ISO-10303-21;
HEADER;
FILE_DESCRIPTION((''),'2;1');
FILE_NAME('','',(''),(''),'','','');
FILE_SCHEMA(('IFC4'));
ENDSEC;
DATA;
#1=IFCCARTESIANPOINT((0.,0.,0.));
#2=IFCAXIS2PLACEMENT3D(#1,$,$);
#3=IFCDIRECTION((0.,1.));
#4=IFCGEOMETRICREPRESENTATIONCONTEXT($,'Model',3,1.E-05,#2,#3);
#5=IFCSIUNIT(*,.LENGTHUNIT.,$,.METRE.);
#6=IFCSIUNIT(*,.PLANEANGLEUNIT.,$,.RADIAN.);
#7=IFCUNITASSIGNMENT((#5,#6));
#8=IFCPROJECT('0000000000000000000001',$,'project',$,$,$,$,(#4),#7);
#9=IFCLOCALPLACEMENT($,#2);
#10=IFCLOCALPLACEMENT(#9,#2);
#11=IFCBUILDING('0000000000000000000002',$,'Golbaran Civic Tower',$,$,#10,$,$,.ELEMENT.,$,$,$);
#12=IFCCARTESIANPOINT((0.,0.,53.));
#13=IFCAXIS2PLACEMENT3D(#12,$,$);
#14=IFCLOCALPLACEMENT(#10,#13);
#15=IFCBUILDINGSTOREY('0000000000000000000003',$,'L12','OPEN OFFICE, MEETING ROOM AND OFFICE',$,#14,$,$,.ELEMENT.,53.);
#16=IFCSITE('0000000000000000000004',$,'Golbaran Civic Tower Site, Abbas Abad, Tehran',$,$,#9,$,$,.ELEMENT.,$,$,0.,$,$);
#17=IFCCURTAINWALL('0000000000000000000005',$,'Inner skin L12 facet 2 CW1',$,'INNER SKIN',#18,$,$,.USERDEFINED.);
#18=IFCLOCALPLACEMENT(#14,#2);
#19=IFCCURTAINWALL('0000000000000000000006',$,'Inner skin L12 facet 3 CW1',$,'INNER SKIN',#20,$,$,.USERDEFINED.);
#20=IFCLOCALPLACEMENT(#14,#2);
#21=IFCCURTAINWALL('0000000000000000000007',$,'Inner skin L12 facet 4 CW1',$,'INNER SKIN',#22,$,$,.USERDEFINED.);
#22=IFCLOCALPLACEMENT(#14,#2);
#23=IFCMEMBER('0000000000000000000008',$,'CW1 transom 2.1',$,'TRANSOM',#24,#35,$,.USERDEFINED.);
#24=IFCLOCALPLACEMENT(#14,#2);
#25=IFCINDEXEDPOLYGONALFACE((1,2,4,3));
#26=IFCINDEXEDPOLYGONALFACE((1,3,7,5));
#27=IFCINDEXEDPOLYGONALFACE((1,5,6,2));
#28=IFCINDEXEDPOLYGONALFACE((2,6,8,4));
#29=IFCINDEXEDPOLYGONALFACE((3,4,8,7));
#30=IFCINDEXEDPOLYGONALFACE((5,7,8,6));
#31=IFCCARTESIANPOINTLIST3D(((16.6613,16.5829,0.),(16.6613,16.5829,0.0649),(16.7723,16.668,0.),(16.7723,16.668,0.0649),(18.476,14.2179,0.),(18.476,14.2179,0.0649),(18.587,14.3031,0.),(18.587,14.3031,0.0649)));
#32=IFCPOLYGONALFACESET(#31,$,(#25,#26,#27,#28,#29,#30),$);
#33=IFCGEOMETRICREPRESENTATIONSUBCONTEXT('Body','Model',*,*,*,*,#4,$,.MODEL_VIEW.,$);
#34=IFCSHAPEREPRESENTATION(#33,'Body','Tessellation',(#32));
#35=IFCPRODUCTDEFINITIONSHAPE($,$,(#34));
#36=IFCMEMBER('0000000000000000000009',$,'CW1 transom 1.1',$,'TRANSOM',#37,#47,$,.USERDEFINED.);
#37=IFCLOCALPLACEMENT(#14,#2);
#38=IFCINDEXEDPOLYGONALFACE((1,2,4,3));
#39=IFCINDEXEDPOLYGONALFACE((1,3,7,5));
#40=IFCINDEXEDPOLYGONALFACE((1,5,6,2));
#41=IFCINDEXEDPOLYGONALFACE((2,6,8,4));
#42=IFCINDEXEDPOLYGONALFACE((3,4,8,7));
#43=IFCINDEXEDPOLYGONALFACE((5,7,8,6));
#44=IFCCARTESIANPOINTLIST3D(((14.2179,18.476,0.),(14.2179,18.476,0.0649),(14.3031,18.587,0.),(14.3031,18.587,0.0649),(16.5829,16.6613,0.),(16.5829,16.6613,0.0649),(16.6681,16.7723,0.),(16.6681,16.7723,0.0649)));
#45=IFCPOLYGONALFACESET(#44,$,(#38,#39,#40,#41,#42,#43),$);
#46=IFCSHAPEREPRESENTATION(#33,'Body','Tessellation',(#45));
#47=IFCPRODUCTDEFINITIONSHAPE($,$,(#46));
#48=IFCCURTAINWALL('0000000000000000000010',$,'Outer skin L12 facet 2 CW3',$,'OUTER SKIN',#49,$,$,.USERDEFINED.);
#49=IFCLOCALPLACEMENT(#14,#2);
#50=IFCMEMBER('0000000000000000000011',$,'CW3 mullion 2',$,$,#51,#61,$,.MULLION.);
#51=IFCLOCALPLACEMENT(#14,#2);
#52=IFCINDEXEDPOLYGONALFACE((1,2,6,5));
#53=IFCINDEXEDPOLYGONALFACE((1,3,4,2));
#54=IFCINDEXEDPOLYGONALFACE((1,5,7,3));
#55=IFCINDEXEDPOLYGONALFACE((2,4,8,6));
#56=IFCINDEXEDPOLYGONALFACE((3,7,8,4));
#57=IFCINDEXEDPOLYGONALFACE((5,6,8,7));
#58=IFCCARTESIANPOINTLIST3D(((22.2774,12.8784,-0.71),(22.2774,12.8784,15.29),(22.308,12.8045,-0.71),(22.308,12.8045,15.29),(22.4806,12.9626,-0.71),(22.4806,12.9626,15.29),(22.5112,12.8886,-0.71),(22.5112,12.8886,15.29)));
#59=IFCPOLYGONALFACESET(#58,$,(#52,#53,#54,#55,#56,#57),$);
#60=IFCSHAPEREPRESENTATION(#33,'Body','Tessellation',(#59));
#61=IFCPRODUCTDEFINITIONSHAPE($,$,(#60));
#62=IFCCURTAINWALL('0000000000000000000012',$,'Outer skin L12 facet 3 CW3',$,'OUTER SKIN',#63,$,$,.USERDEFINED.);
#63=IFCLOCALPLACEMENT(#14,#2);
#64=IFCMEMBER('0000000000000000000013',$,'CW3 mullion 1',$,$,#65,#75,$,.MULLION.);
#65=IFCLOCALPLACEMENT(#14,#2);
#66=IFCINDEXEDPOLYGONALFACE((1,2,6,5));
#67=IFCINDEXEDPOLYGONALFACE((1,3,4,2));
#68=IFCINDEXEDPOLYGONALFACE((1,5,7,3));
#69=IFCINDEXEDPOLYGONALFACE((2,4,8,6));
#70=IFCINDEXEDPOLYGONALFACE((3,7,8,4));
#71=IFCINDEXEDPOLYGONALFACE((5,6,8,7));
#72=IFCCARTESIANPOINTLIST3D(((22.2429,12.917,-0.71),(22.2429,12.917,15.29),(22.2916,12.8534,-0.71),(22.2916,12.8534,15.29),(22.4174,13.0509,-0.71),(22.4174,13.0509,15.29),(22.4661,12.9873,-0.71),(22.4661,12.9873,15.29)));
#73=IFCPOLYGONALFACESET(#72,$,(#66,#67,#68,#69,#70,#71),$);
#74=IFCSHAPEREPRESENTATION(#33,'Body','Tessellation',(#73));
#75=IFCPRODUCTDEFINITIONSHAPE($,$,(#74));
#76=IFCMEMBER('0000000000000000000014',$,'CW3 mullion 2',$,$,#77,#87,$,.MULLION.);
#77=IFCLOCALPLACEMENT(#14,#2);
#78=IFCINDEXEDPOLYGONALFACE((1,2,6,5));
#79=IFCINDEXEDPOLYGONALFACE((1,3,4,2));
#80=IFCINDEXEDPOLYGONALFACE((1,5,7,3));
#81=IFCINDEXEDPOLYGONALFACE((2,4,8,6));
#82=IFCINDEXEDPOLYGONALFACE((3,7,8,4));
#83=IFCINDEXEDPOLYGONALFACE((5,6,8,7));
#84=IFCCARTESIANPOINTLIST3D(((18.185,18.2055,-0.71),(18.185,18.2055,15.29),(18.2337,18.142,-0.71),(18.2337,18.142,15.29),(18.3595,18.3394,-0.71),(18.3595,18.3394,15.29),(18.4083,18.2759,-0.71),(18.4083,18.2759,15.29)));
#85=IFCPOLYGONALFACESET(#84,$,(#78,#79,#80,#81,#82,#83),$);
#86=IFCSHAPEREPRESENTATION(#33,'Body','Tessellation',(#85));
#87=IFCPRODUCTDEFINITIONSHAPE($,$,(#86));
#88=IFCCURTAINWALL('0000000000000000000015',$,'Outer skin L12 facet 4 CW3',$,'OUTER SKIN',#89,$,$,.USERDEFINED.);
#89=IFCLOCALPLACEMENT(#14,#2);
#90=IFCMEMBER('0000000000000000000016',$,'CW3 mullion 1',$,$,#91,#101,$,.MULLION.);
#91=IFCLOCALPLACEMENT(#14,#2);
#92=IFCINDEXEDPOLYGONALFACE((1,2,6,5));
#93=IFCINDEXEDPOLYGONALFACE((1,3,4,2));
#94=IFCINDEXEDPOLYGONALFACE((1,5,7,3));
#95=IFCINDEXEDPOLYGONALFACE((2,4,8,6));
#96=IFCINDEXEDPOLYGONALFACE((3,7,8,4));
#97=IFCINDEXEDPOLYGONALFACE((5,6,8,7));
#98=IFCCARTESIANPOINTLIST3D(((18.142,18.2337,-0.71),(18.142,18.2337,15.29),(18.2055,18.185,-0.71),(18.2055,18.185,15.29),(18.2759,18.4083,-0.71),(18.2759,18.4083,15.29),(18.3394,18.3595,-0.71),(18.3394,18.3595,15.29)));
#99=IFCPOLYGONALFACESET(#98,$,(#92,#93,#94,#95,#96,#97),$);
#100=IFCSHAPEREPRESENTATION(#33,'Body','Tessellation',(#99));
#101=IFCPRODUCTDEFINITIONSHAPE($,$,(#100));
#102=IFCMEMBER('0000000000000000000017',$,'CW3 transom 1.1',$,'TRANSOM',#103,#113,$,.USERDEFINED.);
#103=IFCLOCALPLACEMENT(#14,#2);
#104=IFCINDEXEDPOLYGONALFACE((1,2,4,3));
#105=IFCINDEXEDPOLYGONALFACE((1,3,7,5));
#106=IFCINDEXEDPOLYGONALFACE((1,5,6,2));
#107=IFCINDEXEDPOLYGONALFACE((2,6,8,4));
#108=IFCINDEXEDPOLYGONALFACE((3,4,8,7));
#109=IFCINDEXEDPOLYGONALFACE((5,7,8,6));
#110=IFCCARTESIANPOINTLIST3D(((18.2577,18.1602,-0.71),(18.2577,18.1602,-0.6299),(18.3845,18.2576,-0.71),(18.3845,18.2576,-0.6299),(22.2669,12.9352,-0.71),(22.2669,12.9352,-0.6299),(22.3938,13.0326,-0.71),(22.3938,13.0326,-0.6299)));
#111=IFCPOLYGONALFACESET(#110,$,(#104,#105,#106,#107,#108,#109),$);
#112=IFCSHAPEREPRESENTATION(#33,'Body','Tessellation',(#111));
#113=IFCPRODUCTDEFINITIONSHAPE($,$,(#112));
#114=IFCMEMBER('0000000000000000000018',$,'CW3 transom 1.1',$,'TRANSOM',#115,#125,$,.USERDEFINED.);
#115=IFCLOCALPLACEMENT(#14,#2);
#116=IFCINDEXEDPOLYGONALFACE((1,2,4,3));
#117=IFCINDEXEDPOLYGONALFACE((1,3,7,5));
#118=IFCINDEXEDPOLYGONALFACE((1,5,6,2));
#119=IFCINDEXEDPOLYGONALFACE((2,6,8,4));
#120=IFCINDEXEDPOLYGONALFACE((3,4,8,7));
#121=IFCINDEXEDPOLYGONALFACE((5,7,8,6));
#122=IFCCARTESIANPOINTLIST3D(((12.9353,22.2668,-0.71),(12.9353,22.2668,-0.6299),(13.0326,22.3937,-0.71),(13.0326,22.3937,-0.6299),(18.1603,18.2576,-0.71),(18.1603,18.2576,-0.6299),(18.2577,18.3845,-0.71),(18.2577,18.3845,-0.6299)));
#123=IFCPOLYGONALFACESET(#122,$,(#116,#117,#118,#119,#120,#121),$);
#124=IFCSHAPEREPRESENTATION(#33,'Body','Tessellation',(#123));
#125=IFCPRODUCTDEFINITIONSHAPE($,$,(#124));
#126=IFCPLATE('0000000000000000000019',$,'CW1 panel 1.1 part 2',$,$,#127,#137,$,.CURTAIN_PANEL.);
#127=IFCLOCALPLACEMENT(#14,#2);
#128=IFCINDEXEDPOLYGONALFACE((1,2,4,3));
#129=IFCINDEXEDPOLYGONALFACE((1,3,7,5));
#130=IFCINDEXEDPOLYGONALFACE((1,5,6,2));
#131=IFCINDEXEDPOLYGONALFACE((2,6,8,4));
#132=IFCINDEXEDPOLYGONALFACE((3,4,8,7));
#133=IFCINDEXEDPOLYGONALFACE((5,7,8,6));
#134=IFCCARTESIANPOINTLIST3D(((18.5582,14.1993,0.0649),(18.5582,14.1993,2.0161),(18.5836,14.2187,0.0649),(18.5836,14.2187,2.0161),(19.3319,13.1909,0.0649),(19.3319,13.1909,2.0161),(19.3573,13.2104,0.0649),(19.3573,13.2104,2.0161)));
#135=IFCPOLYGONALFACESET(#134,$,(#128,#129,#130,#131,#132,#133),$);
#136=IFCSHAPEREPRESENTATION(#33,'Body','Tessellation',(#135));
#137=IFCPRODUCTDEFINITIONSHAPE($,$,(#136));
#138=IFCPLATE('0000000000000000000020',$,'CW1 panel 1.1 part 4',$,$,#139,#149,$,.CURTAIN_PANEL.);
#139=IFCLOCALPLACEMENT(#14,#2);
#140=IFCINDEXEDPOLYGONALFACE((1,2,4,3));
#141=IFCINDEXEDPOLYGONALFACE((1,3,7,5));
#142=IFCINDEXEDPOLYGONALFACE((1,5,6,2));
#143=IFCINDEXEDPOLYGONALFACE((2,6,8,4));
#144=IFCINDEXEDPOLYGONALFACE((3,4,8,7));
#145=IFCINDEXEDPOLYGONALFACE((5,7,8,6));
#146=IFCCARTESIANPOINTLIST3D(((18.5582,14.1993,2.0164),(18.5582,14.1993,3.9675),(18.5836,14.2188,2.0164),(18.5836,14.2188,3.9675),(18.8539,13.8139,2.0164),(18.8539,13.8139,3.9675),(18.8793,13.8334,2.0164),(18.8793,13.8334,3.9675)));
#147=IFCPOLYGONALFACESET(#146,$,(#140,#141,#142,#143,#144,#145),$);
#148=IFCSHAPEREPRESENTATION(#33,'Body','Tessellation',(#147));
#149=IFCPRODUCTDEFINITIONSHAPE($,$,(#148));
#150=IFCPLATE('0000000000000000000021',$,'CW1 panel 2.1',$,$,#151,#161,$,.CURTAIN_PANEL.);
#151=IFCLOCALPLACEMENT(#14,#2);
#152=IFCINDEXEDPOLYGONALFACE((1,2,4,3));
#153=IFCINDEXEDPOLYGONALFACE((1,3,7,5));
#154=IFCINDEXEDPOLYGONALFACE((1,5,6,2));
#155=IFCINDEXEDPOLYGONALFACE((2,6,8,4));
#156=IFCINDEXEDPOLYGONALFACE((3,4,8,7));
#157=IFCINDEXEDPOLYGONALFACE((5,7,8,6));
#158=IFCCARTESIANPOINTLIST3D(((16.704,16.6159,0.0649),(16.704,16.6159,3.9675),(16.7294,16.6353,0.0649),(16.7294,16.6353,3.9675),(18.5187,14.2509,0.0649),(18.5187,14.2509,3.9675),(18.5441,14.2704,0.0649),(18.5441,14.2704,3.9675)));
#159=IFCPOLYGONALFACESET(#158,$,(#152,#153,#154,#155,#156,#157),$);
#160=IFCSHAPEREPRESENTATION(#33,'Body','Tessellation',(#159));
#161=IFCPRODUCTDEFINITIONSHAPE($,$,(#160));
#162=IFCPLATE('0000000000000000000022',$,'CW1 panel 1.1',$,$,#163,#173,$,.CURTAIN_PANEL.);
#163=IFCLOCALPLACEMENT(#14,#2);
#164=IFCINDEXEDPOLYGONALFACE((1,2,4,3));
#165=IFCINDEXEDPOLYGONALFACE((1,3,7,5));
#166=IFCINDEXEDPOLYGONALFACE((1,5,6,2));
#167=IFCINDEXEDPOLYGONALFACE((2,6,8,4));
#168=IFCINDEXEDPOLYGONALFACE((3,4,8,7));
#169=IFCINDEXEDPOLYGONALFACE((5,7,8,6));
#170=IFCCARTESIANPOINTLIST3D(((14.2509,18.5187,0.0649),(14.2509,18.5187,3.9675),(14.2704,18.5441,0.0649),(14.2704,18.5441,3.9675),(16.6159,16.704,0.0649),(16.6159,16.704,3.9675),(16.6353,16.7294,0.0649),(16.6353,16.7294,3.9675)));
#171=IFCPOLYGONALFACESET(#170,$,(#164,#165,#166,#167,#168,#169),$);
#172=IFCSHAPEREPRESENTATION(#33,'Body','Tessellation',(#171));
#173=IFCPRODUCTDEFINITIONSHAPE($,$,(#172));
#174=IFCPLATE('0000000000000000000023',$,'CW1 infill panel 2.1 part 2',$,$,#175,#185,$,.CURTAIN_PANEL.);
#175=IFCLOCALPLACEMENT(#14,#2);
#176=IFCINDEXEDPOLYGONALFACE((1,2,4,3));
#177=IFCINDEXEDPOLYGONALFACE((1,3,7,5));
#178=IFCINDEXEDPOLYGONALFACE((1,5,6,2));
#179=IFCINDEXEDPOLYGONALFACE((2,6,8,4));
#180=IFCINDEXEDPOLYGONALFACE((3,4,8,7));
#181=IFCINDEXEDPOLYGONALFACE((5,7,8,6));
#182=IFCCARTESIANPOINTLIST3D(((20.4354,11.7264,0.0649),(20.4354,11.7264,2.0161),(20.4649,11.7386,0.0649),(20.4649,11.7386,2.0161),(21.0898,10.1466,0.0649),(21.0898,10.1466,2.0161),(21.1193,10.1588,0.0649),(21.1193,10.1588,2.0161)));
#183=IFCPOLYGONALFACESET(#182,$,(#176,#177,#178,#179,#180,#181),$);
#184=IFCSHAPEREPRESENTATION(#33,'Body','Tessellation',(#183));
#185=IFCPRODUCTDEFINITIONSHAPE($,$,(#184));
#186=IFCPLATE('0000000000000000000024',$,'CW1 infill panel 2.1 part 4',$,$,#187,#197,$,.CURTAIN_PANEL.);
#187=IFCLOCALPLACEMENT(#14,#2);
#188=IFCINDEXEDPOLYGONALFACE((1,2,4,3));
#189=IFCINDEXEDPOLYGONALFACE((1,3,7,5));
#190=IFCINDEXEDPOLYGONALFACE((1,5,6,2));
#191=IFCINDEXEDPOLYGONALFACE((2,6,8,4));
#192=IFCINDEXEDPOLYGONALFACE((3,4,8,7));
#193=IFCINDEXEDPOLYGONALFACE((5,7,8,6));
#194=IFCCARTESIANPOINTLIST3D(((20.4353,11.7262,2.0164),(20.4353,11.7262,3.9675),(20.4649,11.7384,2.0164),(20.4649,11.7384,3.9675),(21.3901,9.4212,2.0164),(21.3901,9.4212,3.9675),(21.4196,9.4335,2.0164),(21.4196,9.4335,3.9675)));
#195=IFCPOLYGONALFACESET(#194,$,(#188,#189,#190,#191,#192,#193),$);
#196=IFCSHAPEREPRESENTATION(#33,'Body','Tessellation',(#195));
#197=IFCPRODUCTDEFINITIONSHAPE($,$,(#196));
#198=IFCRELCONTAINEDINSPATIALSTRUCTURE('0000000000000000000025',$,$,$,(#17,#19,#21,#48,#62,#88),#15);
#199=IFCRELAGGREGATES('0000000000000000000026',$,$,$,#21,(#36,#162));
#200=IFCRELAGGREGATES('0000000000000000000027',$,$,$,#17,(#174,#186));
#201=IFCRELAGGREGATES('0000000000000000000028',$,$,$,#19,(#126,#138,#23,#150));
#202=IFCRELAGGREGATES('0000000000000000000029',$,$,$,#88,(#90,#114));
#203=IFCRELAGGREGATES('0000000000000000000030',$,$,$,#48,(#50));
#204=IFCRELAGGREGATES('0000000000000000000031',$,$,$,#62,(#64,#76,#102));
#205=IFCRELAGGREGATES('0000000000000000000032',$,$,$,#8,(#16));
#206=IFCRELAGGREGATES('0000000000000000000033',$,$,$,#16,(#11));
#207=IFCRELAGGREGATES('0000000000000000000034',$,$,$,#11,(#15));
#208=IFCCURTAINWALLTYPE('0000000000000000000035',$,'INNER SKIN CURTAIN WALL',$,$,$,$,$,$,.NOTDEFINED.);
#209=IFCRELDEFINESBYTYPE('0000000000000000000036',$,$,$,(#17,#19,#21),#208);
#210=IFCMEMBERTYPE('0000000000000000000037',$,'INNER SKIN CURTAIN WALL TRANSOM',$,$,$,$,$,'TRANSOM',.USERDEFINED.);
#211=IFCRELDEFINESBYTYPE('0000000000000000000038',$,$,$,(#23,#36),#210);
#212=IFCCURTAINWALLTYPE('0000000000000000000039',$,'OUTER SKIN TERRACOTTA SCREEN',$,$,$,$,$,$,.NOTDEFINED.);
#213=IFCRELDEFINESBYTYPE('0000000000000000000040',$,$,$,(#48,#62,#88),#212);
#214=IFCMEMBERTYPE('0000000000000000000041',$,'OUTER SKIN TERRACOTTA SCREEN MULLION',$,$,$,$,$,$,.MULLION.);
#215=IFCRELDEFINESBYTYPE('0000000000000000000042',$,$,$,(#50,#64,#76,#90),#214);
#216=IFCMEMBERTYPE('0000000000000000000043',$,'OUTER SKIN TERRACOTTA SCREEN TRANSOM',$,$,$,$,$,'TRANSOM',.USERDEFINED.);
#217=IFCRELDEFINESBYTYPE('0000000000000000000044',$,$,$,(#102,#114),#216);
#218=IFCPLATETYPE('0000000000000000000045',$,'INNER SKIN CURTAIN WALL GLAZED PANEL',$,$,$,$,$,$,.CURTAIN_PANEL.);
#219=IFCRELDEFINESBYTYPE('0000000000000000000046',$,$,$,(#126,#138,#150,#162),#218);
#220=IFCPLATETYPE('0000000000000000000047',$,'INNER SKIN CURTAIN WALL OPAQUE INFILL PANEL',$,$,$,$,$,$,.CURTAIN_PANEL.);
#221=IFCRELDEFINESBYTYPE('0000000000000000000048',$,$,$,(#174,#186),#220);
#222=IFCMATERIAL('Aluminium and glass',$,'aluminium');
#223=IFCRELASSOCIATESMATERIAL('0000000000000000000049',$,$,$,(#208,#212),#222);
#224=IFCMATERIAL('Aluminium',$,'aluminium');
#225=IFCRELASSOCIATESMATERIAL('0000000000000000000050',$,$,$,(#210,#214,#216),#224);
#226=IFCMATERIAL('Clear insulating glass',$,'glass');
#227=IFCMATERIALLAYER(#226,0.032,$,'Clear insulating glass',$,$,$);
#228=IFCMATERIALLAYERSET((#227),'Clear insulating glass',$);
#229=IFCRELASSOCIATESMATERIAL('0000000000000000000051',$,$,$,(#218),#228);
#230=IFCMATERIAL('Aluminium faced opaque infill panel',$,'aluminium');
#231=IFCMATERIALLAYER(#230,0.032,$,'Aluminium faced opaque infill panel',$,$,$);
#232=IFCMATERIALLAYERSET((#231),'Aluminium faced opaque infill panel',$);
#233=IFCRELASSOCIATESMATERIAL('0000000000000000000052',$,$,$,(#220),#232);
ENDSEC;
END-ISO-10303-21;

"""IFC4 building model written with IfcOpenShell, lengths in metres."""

from ifc_helpers import new_model, si_unit, direction, frame, origin, origin_2d, place, context, subcontext, project, spatial, rectangle, extrude, material, layer, layer_set, material_profile, profile_set, type_object, element, aggregate, save


model = new_model("IFC4")

# Units and contexts
model_context = context("Model", 3, precision=1e-05, world=origin(), true_north=direction((0.0, 1.0)))
body_context = subcontext(model_context, "Body", "Model", "MODEL_VIEW")
ifc_project = project(units=[si_unit("LENGTHUNIT", "METRE"), si_unit("PLANEANGLEUNIT", "RADIAN")], contexts=[model_context])

# Site, building, storey
site_placement = place(None, origin())
site = spatial("IfcSite", under=ifc_project, at=site_placement, Name="Golbaran Civic Tower Site, Abbas Abad, Tehran", CompositionType="ELEMENT", RefElevation=0.0)
building_placement = place(site_placement, origin())
building = spatial("IfcBuilding", under=site, at=building_placement, Name="Golbaran Civic Tower", CompositionType="ELEMENT")
storey_placement = place(building_placement, frame((0.0, 0.0, 53.0)))
storey = spatial("IfcBuildingStorey", under=building, at=storey_placement, Name="L12", Description="OPEN OFFICE, MEETING ROOM AND OFFICE", CompositionType="ELEMENT", Elevation=53.0)

# Curtain wall
ifc_material_1 = material(Name="Aluminium and glass", Category="aluminium")
curtain_wall_type_1 = type_object("IfcCurtainWallType", Name="INNER SKIN CURTAIN WALL", PredefinedType="NOTDEFINED", material=ifc_material_1)
curtain_wall_1_placement = place(storey_placement, origin())
curtain_wall_1 = element("IfcCurtainWall", 1, at=curtain_wall_1_placement, inside=storey, type_object=curtain_wall_type_1, Name="Inner skin L12 facet 2 CW1", ObjectType="INNER SKIN", PredefinedType="USERDEFINED")
ifc_material_2 = material(Name="Aluminium", Category="aluminium")

# Curtain wall
curtain_wall_2_placement = place(storey_placement, origin())
curtain_wall_2 = element("IfcCurtainWall", 2, at=curtain_wall_2_placement, inside=storey, type_object=curtain_wall_type_1, Name="Inner skin L12 facet 3 CW1", ObjectType="INNER SKIN", PredefinedType="USERDEFINED")

# Curtain wall
curtain_wall_3_placement = place(storey_placement, origin())
curtain_wall_3 = element("IfcCurtainWall", 3, at=curtain_wall_3_placement, inside=storey, type_object=curtain_wall_type_1, Name="Inner skin L12 facet 4 CW1", ObjectType="INNER SKIN", PredefinedType="USERDEFINED")

# Members
ifc_material_profile_1 = material_profile(ifc_material_2, rectangle(XDim=0.1399, YDim=0.0649, at=origin_2d()), Name="INNER SKIN CURTAIN WALL TRANSOM")
ifc_profile_set_1 = profile_set([ifc_material_profile_1], Name="Aluminium")
member_type_1 = type_object("IfcMemberType", Name="INNER SKIN CURTAIN WALL TRANSOM", ElementType="TRANSOM", PredefinedType="USERDEFINED", material=ifc_profile_set_1)
member_1_placement = place(storey_placement, frame((18.5315, 14.2605, 0.0325), z_axis=(-0.608756, 0.793357, 0.0), x_axis=(-0.793357, -0.608756, 0.0)))
member_1 = element("IfcMember", 4, at=member_1_placement, type_object=member_type_1, Name="CW1 transom 2.1", ObjectType="TRANSOM", PredefinedType="USERDEFINED", context=body_context, shape_type="SweptSolid", body=[
    extrude(rectangle(XDim=0.1399, YDim=0.0649, at=origin_2d()), origin(), (0.0, 0.0, 1.0), 2.981),
])
member_2_placement = place(storey_placement, frame((16.6255, 16.7168, 0.0325), z_axis=(-0.793357, 0.608756, 0.0), x_axis=(-0.608756, -0.793357, 0.0)))
member_2 = element("IfcMember", 5, at=member_2_placement, type_object=member_type_1, Name="CW1 transom 1.1", ObjectType="TRANSOM", PredefinedType="USERDEFINED", context=body_context, shape_type="SweptSolid", body=[
    extrude(rectangle(XDim=0.1399, YDim=0.0649, at=origin_2d()), origin(), (0.0, 0.0, 1.0), 2.981),
])

# Curtain wall, member
curtain_wall_type_2 = type_object("IfcCurtainWallType", Name="OUTER SKIN TERRACOTTA SCREEN", PredefinedType="NOTDEFINED", material=ifc_material_1)
curtain_wall_4_placement = place(storey_placement, origin())
curtain_wall_4 = element("IfcCurtainWall", 6, at=curtain_wall_4_placement, inside=storey, type_object=curtain_wall_type_2, Name="Outer skin L12 facet 2 CW3", ObjectType="OUTER SKIN", PredefinedType="USERDEFINED")
ifc_material_profile_2 = material_profile(ifc_material_2, rectangle(XDim=0.22, YDim=0.0801, at=origin_2d()), Name="OUTER SKIN TERRACOTTA SCREEN MULLION")
ifc_profile_set_2 = profile_set([ifc_material_profile_2], Name="Aluminium")
member_type_2 = type_object("IfcMemberType", Name="OUTER SKIN TERRACOTTA SCREEN MULLION", PredefinedType="MULLION", material=ifc_profile_set_2)
member_3_placement = place(storey_placement, frame((22.3943, 12.8835, -0.71), z_axis=(0.0, 0.0, 1.0), x_axis=(-0.92388, -0.382683, 0.0)))
member_3 = element("IfcMember", 7, at=member_3_placement, type_object=member_type_2, Name="CW3 mullion 2", PredefinedType="MULLION", context=body_context, shape_type="SweptSolid", body=[
    extrude(rectangle(XDim=0.22, YDim=0.0801, at=origin_2d()), origin(), (0.0, 0.0, 1.0), 16.0),
])

# Curtain wall, members
curtain_wall_5_placement = place(storey_placement, origin())
curtain_wall_5 = element("IfcCurtainWall", 8, at=curtain_wall_5_placement, inside=storey, type_object=curtain_wall_type_2, Name="Outer skin L12 facet 3 CW3", ObjectType="OUTER SKIN", PredefinedType="USERDEFINED")
member_4_placement = place(storey_placement, frame((22.3545, 12.9521, -0.71), z_axis=(0.0, 0.0, 1.0), x_axis=(-0.793353, -0.608761, 0.0)))
member_4 = element("IfcMember", 9, at=member_4_placement, type_object=member_type_2, Name="CW3 mullion 1", PredefinedType="MULLION", context=body_context, shape_type="SweptSolid", body=[
    extrude(rectangle(XDim=0.22, YDim=0.0801, at=origin_2d()), origin(), (0.0, 0.0, 1.0), 16.0),
])
member_5_placement = place(storey_placement, frame((18.2966, 18.2407, -0.71), z_axis=(0.0, 0.0, 1.0), x_axis=(-0.793353, -0.608761, 0.0)))
member_5 = element("IfcMember", 10, at=member_5_placement, type_object=member_type_2, Name="CW3 mullion 2", PredefinedType="MULLION", context=body_context, shape_type="SweptSolid", body=[
    extrude(rectangle(XDim=0.22, YDim=0.0801, at=origin_2d()), origin(), (0.0, 0.0, 1.0), 16.0),
])

# Curtain wall, member
curtain_wall_6_placement = place(storey_placement, origin())
curtain_wall_6 = element("IfcCurtainWall", 11, at=curtain_wall_6_placement, inside=storey, type_object=curtain_wall_type_2, Name="Outer skin L12 facet 4 CW3", ObjectType="OUTER SKIN", PredefinedType="USERDEFINED")
member_6_placement = place(storey_placement, frame((18.2407, 18.2966, -0.71), z_axis=(0.0, 0.0, 1.0), x_axis=(-0.608761, -0.793353, 0.0)))
member_6 = element("IfcMember", 12, at=member_6_placement, type_object=member_type_2, Name="CW3 mullion 1", PredefinedType="MULLION", context=body_context, shape_type="SweptSolid", body=[
    extrude(rectangle(XDim=0.22, YDim=0.0801, at=origin_2d()), origin(), (0.0, 0.0, 1.0), 16.0),
])

# Members
ifc_material_profile_3 = material_profile(ifc_material_2, rectangle(XDim=0.1599, YDim=0.0801, at=origin_2d()), Name="OUTER SKIN TERRACOTTA SCREEN TRANSOM")
ifc_profile_set_3 = profile_set([ifc_material_profile_3], Name="Aluminium")
member_type_3 = type_object("IfcMemberType", Name="OUTER SKIN TERRACOTTA SCREEN TRANSOM", ElementType="TRANSOM", PredefinedType="USERDEFINED", material=ifc_profile_set_3)
member_7_placement = place(storey_placement, frame((22.3303, 12.9839, -0.6699), z_axis=(-0.608754, 0.793359, 0.0), x_axis=(-0.793359, -0.608754, 0.0)))
member_7 = element("IfcMember", 13, at=member_7_placement, type_object=member_type_3, Name="CW3 transom 1.1", ObjectType="TRANSOM", PredefinedType="USERDEFINED", context=body_context, shape_type="SweptSolid", body=[
    extrude(rectangle(XDim=0.1599, YDim=0.0801, at=origin_2d()), origin(), (0.0, 0.0, 1.0), 6.5859),
])
member_8_placement = place(storey_placement, frame((18.209, 18.321, -0.6699), z_axis=(-0.793359, 0.608754, 0.0), x_axis=(-0.608754, -0.793359, 0.0)))
member_8 = element("IfcMember", 14, at=member_8_placement, type_object=member_type_3, Name="CW3 transom 1.1", ObjectType="TRANSOM", PredefinedType="USERDEFINED", context=body_context, shape_type="SweptSolid", body=[
    extrude(rectangle(XDim=0.1599, YDim=0.0801, at=origin_2d()), origin(), (0.0, 0.0, 1.0), 6.5859),
])

# Plates
ifc_material_3 = material(Name="Clear insulating glass", Category="glass")
ifc_layer_1 = layer(ifc_material_3, 0.032, Name="Clear insulating glass")
ifc_layer_set_1 = layer_set([ifc_layer_1], Name="Clear insulating glass")
plate_type_1 = type_object("IfcPlateType", Name="INNER SKIN CURTAIN WALL GLAZED PANEL", PredefinedType="CURTAIN_PANEL", material=ifc_layer_set_1)
plate_1_placement = place(storey_placement, frame((18.9578, 13.7048, 0.0649), z_axis=(0.0, 0.0, 1.0), x_axis=(-0.608761, 0.793353, 0.0)))
plate_1 = element("IfcPlate", 15, at=plate_1_placement, type_object=plate_type_1, Name="CW1 panel 1.1 part 2", PredefinedType="CURTAIN_PANEL", context=body_context, shape_type="SweptSolid", body=[
    extrude(rectangle(XDim=1.271, YDim=0.032, at=origin_2d()), origin(), (0.0, 0.0, 1.0), 1.9512),
])
plate_2_placement = place(storey_placement, frame((18.7188, 14.0164, 2.0164), z_axis=(0.0, 0.0, 1.0), x_axis=(-0.608761, 0.793353, 0.0)))
plate_2 = element("IfcPlate", 16, at=plate_2_placement, type_object=plate_type_1, Name="CW1 panel 1.1 part 4", PredefinedType="CURTAIN_PANEL", context=body_context, shape_type="SweptSolid", body=[
    extrude(rectangle(XDim=0.4858, YDim=0.032, at=origin_2d()), origin(), (0.0, 0.0, 1.0), 1.9512),
])
plate_3_placement = place(storey_placement, frame((17.624, 15.4431, 0.0649), z_axis=(0.0, 0.0, 1.0), x_axis=(-0.608761, 0.793353, 0.0)))
plate_3 = element("IfcPlate", 17, at=plate_3_placement, type_object=plate_type_1, Name="CW1 panel 2.1", PredefinedType="CURTAIN_PANEL", context=body_context, shape_type="SweptSolid", body=[
    extrude(rectangle(XDim=2.981, YDim=0.032, at=origin_2d()), origin(), (0.0, 0.0, 1.0), 3.9026),
])
plate_4_placement = place(storey_placement, frame((15.4431, 17.624, 0.0649), z_axis=(0.0, 0.0, 1.0), x_axis=(-0.793353, 0.608761, 0.0)))
plate_4 = element("IfcPlate", 18, at=plate_4_placement, type_object=plate_type_1, Name="CW1 panel 1.1", PredefinedType="CURTAIN_PANEL", context=body_context, shape_type="SweptSolid", body=[
    extrude(rectangle(XDim=2.981, YDim=0.032, at=origin_2d()), origin(), (0.0, 0.0, 1.0), 3.9026),
])
aggregate(curtain_wall_3, [member_2, plate_4])
ifc_material_4 = material(Name="Aluminium faced opaque infill panel", Category="aluminium")
ifc_layer_2 = layer(ifc_material_4, 0.032, Name="Aluminium faced opaque infill panel")
ifc_layer_set_2 = layer_set([ifc_layer_2], Name="Aluminium faced opaque infill panel")
plate_type_2 = type_object("IfcPlateType", Name="INNER SKIN CURTAIN WALL OPAQUE INFILL PANEL", PredefinedType="CURTAIN_PANEL", material=ifc_layer_set_2)
plate_5_placement = place(storey_placement, frame((20.7773, 10.9426, 0.0649), z_axis=(0.0, 0.0, 1.0), x_axis=(-0.382683, 0.92388, 0.0)))
plate_5 = element("IfcPlate", 19, at=plate_5_placement, type_object=plate_type_2, Name="CW1 infill panel 2.1 part 2", PredefinedType="CURTAIN_PANEL", context=body_context, shape_type="SweptSolid", body=[
    extrude(rectangle(XDim=1.71, YDim=0.032, at=origin_2d()), origin(), (0.0, 0.0, 1.0), 1.9512),
])
plate_6_placement = place(storey_placement, frame((20.9275, 10.5798, 2.0164), z_axis=(0.0, 0.0, 1.0), x_axis=(-0.382683, 0.92388, 0.0)))
plate_6 = element("IfcPlate", 20, at=plate_6_placement, type_object=plate_type_2, Name="CW1 infill panel 2.1 part 4", PredefinedType="CURTAIN_PANEL", context=body_context, shape_type="SweptSolid", body=[
    extrude(rectangle(XDim=2.4949, YDim=0.032, at=origin_2d()), origin(), (0.0, 0.0, 1.0), 1.9512),
])
aggregate(curtain_wall_1, [plate_5, plate_6])
aggregate(curtain_wall_2, [plate_1, plate_2, member_1, plate_3])
aggregate(curtain_wall_6, [member_6, member_8])
aggregate(curtain_wall_4, [member_3])
aggregate(curtain_wall_5, [member_4, member_5, member_7])

save(model, "model.ifc")
